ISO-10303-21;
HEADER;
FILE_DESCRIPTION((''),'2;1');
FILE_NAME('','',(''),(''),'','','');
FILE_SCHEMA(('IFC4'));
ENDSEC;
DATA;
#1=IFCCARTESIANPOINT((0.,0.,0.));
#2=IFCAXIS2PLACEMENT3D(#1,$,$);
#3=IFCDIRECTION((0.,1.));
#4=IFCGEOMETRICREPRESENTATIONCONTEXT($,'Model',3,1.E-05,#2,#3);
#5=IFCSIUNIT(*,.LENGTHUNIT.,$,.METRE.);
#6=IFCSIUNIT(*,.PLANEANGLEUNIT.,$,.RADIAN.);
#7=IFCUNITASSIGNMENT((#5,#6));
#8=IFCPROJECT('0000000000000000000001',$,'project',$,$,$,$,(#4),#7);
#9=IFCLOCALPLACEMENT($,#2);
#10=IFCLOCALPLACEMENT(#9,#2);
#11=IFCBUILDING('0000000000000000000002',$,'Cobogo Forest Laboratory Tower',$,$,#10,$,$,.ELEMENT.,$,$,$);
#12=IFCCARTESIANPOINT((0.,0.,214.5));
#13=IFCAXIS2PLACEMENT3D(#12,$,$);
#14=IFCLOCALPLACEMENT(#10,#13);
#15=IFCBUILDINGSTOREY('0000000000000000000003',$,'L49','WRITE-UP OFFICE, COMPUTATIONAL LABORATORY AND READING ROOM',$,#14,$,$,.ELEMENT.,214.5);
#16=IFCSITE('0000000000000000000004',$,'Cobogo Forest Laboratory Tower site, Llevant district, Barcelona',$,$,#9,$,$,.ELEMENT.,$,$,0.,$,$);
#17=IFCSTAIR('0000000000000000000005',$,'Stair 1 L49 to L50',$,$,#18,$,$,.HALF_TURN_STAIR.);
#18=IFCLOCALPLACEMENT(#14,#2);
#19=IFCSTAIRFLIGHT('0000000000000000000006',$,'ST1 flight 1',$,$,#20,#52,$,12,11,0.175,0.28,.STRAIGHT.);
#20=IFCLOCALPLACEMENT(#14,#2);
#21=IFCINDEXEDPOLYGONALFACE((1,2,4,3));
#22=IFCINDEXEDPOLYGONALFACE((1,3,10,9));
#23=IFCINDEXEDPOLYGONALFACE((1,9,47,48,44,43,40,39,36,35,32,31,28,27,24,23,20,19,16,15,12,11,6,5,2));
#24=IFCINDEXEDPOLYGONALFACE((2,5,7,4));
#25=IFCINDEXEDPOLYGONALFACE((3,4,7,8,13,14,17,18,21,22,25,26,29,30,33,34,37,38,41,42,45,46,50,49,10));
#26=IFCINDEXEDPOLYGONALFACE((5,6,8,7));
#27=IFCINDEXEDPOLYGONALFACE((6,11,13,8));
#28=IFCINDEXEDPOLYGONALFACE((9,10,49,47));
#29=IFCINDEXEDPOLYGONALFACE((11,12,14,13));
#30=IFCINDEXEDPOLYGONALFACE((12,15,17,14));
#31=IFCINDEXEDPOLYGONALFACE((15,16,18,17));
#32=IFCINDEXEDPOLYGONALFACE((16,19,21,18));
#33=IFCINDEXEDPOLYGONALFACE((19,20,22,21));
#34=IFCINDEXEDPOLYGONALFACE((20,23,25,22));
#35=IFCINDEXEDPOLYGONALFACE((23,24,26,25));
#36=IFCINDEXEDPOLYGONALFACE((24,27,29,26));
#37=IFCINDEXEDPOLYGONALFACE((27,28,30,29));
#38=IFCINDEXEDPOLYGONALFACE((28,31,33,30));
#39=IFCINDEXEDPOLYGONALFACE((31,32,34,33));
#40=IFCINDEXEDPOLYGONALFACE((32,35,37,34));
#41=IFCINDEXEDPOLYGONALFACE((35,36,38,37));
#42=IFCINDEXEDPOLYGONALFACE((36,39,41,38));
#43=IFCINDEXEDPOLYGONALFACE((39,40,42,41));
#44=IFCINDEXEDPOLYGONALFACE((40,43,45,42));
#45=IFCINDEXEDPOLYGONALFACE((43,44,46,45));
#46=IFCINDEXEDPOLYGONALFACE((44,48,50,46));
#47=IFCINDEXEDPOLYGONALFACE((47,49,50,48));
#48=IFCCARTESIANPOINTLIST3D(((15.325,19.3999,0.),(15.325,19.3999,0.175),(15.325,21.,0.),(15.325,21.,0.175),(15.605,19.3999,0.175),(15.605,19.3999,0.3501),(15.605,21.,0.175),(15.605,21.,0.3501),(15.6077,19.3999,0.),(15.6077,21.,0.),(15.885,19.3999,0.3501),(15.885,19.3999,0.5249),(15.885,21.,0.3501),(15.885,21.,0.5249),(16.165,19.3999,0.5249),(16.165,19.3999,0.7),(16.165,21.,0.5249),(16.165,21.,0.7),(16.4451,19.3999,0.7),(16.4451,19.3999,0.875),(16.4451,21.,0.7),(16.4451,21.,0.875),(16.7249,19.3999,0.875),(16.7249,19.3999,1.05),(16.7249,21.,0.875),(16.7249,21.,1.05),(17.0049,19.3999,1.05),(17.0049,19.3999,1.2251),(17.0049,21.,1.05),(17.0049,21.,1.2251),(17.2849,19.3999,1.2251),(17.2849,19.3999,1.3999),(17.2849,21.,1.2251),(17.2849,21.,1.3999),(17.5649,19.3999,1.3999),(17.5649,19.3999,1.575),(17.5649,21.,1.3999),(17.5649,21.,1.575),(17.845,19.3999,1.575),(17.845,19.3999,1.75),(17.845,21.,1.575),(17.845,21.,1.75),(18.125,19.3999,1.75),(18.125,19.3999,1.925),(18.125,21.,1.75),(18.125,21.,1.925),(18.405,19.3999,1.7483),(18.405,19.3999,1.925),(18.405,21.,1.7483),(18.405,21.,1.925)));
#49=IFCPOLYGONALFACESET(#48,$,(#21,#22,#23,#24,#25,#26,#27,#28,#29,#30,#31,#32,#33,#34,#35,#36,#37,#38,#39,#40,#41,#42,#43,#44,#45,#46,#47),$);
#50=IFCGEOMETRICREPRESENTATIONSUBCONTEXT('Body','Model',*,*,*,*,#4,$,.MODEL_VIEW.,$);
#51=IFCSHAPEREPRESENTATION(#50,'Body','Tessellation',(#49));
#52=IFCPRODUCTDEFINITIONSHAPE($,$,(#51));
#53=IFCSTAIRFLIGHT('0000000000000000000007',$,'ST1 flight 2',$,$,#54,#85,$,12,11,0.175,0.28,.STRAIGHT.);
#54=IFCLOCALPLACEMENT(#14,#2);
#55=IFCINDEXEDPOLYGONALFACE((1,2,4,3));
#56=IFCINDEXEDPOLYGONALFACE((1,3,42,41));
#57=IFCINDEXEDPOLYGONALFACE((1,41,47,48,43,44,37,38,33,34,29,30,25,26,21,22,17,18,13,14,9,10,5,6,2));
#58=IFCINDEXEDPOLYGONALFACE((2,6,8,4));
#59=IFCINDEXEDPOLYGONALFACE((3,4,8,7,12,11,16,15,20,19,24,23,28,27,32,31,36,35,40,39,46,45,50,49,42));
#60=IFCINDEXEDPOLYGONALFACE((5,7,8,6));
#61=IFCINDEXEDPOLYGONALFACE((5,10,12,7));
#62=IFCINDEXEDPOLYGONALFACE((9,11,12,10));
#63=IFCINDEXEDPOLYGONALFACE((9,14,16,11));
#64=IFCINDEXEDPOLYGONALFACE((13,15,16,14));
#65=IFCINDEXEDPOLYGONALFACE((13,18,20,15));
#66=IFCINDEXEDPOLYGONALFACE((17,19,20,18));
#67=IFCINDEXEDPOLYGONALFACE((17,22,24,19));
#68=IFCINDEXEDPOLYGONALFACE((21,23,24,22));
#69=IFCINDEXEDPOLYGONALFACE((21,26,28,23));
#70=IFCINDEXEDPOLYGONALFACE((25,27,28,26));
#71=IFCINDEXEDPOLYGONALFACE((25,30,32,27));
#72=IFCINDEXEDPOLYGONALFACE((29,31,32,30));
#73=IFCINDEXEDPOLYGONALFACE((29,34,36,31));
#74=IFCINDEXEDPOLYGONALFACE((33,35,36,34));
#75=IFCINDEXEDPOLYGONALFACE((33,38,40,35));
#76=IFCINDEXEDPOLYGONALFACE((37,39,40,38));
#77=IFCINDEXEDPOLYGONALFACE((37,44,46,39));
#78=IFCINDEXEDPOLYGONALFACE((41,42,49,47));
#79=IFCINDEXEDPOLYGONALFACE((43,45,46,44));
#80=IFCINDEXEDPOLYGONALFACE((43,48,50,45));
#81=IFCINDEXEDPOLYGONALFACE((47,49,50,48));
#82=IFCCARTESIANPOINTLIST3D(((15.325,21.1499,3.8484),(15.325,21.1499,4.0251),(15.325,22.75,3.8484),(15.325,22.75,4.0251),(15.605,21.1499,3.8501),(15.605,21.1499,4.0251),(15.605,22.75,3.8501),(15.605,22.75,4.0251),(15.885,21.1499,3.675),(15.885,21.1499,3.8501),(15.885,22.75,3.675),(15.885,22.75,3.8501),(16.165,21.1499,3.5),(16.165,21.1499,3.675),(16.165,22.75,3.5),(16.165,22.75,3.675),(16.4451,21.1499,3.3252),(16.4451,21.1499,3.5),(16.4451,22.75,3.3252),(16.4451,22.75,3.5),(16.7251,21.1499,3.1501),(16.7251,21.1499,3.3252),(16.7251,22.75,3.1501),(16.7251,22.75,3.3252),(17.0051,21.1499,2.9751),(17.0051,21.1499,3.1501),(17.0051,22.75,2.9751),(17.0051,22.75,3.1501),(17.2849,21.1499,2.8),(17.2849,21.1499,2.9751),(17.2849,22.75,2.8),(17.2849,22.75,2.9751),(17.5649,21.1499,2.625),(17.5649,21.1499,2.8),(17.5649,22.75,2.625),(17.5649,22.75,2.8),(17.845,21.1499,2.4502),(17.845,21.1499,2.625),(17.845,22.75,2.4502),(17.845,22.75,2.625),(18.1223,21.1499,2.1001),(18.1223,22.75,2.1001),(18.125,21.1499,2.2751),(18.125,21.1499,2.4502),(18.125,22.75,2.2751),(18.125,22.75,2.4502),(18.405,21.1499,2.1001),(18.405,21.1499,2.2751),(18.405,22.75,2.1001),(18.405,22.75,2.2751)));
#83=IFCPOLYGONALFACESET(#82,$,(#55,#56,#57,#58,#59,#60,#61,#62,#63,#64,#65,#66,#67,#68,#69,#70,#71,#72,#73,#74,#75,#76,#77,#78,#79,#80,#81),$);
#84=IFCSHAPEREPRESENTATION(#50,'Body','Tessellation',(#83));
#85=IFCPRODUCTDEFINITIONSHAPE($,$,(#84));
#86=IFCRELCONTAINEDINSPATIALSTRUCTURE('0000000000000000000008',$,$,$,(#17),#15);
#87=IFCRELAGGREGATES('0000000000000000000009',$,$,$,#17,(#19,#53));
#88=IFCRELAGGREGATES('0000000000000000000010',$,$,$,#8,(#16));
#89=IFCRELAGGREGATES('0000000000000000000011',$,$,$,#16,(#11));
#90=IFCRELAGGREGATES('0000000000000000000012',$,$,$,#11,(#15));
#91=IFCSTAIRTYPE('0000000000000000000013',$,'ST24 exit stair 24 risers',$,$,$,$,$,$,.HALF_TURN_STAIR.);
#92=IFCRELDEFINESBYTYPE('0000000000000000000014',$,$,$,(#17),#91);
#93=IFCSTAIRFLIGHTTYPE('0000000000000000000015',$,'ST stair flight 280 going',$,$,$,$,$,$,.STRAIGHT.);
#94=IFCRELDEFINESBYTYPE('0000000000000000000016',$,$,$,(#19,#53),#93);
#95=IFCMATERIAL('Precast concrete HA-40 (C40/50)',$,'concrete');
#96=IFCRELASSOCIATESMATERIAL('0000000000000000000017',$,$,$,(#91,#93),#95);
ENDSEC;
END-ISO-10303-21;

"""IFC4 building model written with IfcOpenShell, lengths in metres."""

from ifc_helpers import new_model, si_unit, direction, frame, origin, place, context, subcontext, project, spatial, polyline, outline, extrude, material, type_object, element, aggregate, save


model = new_model("IFC4")

# Units and contexts
model_context = context("Model", 3, precision=1e-05, world=origin(), true_north=direction((0.0, 1.0)))
body_context = subcontext(model_context, "Body", "Model", "MODEL_VIEW")
ifc_project = project(units=[si_unit("LENGTHUNIT", "METRE"), si_unit("PLANEANGLEUNIT", "RADIAN")], contexts=[model_context])

# Site, building, storey
site_placement = place(None, origin())
site = spatial("IfcSite", under=ifc_project, at=site_placement, Name="Cobogo Forest Laboratory Tower site, Llevant district, Barcelona", CompositionType="ELEMENT", RefElevation=0.0)
building_placement = place(site_placement, origin())
building = spatial("IfcBuilding", under=site, at=building_placement, Name="Cobogo Forest Laboratory Tower", CompositionType="ELEMENT")
storey_placement = place(building_placement, frame((0.0, 0.0, 214.5)))
storey = spatial("IfcBuildingStorey", under=building, at=storey_placement, Name="L49", Description="WRITE-UP OFFICE, COMPUTATIONAL LABORATORY AND READING ROOM", CompositionType="ELEMENT", Elevation=214.5)

# Stair, stair flights
ifc_material_1 = material(Name="Precast concrete HA-40 (C40/50)", Category="concrete")
stair_type = type_object("IfcStairType", Name="ST24 exit stair 24 risers", PredefinedType="HALF_TURN_STAIR", material=ifc_material_1)
stair_placement = place(storey_placement, origin())
stair = element("IfcStair", 1, at=stair_placement, inside=storey, type_object=stair_type, Name="Stair 1 L49 to L50", PredefinedType="HALF_TURN_STAIR")
stair_flight_type = type_object("IfcStairFlightType", Name="ST stair flight 280 going", PredefinedType="STRAIGHT", material=ifc_material_1)
stair_flight_1_placement = place(storey_placement, frame((15.325, 20.2, 0.0), z_axis=(0.0, 0.0, 1.0), x_axis=(1.0, 0.0, 0.0)))
stair_flight_1 = element("IfcStairFlight", 2, at=stair_flight_1_placement, type_object=stair_flight_type, Name="ST1 flight 1", NumberOfRisers=12, NumberOfTreads=11, PredefinedType="STRAIGHT", RiserHeight=0.175, TreadLength=0.28, context=body_context, shape_type="SweptSolid", body=[
    extrude(outline(polyline([(0.0, 0.0), (0.0, 0.175), (0.28, 0.175), (0.28, 0.3501), (0.5601, 0.3501), (0.5601, 0.5249), (0.8401, 0.5249), (0.8401, 0.7), (1.1201, 0.7), (1.1201, 0.875), (1.3999, 0.875), (1.3999, 1.05), (1.6799, 1.05), (1.6799, 1.2251), (1.96, 1.2251), (1.96, 1.3999), (2.24, 1.3999), (2.24, 1.575), (2.52, 1.575), (2.52, 1.75), (2.8, 1.75), (2.8, 1.925), (3.0801, 1.925), (3.0801, 2.1001), (3.0801, 1.7483), (0.2827, 0.0), (0.0, 0.0)])), frame((0.0, 0.8, 0.0), z_axis=(0.0, -1.0, 0.0), x_axis=(1.0, 0.0, 0.0)), (0.0, 0.0, 1.0), 1.6001),
])
stair_flight_2_placement = place(storey_placement, frame((18.405, 21.95, 2.1001), z_axis=(0.0, 0.0, 1.0), x_axis=(-1.0, 0.0, 0.0)))
stair_flight_2 = element("IfcStairFlight", 3, at=stair_flight_2_placement, type_object=stair_flight_type, Name="ST1 flight 2", NumberOfRisers=12, NumberOfTreads=11, PredefinedType="STRAIGHT", RiserHeight=0.175, TreadLength=0.28, context=body_context, shape_type="SweptSolid", body=[
    extrude(outline(polyline([(0.0, 0.0), (0.0, 0.175), (0.28, 0.175), (0.28, 0.3501), (0.5601, 0.3501), (0.5601, 0.5249), (0.8401, 0.5249), (0.8401, 0.7), (1.1201, 0.7), (1.1201, 0.875), (1.3999, 0.875), (1.3999, 1.05), (1.6799, 1.05), (1.6799, 1.2251), (1.96, 1.2251), (1.96, 1.3999), (2.24, 1.3999), (2.24, 1.575), (2.52, 1.575), (2.52, 1.75), (2.8, 1.75), (2.8, 1.925), (3.0801, 1.925), (3.0801, 2.1001), (3.0801, 1.7483), (0.2827, 0.0), (0.0, 0.0)])), frame((0.0, 0.8, 0.0), z_axis=(0.0, -1.0, 0.0), x_axis=(1.0, 0.0, 0.0)), (0.0, 0.0, 1.0), 1.6001),
])
aggregate(stair, [stair_flight_1, stair_flight_2])

save(model, "model.ifc")
